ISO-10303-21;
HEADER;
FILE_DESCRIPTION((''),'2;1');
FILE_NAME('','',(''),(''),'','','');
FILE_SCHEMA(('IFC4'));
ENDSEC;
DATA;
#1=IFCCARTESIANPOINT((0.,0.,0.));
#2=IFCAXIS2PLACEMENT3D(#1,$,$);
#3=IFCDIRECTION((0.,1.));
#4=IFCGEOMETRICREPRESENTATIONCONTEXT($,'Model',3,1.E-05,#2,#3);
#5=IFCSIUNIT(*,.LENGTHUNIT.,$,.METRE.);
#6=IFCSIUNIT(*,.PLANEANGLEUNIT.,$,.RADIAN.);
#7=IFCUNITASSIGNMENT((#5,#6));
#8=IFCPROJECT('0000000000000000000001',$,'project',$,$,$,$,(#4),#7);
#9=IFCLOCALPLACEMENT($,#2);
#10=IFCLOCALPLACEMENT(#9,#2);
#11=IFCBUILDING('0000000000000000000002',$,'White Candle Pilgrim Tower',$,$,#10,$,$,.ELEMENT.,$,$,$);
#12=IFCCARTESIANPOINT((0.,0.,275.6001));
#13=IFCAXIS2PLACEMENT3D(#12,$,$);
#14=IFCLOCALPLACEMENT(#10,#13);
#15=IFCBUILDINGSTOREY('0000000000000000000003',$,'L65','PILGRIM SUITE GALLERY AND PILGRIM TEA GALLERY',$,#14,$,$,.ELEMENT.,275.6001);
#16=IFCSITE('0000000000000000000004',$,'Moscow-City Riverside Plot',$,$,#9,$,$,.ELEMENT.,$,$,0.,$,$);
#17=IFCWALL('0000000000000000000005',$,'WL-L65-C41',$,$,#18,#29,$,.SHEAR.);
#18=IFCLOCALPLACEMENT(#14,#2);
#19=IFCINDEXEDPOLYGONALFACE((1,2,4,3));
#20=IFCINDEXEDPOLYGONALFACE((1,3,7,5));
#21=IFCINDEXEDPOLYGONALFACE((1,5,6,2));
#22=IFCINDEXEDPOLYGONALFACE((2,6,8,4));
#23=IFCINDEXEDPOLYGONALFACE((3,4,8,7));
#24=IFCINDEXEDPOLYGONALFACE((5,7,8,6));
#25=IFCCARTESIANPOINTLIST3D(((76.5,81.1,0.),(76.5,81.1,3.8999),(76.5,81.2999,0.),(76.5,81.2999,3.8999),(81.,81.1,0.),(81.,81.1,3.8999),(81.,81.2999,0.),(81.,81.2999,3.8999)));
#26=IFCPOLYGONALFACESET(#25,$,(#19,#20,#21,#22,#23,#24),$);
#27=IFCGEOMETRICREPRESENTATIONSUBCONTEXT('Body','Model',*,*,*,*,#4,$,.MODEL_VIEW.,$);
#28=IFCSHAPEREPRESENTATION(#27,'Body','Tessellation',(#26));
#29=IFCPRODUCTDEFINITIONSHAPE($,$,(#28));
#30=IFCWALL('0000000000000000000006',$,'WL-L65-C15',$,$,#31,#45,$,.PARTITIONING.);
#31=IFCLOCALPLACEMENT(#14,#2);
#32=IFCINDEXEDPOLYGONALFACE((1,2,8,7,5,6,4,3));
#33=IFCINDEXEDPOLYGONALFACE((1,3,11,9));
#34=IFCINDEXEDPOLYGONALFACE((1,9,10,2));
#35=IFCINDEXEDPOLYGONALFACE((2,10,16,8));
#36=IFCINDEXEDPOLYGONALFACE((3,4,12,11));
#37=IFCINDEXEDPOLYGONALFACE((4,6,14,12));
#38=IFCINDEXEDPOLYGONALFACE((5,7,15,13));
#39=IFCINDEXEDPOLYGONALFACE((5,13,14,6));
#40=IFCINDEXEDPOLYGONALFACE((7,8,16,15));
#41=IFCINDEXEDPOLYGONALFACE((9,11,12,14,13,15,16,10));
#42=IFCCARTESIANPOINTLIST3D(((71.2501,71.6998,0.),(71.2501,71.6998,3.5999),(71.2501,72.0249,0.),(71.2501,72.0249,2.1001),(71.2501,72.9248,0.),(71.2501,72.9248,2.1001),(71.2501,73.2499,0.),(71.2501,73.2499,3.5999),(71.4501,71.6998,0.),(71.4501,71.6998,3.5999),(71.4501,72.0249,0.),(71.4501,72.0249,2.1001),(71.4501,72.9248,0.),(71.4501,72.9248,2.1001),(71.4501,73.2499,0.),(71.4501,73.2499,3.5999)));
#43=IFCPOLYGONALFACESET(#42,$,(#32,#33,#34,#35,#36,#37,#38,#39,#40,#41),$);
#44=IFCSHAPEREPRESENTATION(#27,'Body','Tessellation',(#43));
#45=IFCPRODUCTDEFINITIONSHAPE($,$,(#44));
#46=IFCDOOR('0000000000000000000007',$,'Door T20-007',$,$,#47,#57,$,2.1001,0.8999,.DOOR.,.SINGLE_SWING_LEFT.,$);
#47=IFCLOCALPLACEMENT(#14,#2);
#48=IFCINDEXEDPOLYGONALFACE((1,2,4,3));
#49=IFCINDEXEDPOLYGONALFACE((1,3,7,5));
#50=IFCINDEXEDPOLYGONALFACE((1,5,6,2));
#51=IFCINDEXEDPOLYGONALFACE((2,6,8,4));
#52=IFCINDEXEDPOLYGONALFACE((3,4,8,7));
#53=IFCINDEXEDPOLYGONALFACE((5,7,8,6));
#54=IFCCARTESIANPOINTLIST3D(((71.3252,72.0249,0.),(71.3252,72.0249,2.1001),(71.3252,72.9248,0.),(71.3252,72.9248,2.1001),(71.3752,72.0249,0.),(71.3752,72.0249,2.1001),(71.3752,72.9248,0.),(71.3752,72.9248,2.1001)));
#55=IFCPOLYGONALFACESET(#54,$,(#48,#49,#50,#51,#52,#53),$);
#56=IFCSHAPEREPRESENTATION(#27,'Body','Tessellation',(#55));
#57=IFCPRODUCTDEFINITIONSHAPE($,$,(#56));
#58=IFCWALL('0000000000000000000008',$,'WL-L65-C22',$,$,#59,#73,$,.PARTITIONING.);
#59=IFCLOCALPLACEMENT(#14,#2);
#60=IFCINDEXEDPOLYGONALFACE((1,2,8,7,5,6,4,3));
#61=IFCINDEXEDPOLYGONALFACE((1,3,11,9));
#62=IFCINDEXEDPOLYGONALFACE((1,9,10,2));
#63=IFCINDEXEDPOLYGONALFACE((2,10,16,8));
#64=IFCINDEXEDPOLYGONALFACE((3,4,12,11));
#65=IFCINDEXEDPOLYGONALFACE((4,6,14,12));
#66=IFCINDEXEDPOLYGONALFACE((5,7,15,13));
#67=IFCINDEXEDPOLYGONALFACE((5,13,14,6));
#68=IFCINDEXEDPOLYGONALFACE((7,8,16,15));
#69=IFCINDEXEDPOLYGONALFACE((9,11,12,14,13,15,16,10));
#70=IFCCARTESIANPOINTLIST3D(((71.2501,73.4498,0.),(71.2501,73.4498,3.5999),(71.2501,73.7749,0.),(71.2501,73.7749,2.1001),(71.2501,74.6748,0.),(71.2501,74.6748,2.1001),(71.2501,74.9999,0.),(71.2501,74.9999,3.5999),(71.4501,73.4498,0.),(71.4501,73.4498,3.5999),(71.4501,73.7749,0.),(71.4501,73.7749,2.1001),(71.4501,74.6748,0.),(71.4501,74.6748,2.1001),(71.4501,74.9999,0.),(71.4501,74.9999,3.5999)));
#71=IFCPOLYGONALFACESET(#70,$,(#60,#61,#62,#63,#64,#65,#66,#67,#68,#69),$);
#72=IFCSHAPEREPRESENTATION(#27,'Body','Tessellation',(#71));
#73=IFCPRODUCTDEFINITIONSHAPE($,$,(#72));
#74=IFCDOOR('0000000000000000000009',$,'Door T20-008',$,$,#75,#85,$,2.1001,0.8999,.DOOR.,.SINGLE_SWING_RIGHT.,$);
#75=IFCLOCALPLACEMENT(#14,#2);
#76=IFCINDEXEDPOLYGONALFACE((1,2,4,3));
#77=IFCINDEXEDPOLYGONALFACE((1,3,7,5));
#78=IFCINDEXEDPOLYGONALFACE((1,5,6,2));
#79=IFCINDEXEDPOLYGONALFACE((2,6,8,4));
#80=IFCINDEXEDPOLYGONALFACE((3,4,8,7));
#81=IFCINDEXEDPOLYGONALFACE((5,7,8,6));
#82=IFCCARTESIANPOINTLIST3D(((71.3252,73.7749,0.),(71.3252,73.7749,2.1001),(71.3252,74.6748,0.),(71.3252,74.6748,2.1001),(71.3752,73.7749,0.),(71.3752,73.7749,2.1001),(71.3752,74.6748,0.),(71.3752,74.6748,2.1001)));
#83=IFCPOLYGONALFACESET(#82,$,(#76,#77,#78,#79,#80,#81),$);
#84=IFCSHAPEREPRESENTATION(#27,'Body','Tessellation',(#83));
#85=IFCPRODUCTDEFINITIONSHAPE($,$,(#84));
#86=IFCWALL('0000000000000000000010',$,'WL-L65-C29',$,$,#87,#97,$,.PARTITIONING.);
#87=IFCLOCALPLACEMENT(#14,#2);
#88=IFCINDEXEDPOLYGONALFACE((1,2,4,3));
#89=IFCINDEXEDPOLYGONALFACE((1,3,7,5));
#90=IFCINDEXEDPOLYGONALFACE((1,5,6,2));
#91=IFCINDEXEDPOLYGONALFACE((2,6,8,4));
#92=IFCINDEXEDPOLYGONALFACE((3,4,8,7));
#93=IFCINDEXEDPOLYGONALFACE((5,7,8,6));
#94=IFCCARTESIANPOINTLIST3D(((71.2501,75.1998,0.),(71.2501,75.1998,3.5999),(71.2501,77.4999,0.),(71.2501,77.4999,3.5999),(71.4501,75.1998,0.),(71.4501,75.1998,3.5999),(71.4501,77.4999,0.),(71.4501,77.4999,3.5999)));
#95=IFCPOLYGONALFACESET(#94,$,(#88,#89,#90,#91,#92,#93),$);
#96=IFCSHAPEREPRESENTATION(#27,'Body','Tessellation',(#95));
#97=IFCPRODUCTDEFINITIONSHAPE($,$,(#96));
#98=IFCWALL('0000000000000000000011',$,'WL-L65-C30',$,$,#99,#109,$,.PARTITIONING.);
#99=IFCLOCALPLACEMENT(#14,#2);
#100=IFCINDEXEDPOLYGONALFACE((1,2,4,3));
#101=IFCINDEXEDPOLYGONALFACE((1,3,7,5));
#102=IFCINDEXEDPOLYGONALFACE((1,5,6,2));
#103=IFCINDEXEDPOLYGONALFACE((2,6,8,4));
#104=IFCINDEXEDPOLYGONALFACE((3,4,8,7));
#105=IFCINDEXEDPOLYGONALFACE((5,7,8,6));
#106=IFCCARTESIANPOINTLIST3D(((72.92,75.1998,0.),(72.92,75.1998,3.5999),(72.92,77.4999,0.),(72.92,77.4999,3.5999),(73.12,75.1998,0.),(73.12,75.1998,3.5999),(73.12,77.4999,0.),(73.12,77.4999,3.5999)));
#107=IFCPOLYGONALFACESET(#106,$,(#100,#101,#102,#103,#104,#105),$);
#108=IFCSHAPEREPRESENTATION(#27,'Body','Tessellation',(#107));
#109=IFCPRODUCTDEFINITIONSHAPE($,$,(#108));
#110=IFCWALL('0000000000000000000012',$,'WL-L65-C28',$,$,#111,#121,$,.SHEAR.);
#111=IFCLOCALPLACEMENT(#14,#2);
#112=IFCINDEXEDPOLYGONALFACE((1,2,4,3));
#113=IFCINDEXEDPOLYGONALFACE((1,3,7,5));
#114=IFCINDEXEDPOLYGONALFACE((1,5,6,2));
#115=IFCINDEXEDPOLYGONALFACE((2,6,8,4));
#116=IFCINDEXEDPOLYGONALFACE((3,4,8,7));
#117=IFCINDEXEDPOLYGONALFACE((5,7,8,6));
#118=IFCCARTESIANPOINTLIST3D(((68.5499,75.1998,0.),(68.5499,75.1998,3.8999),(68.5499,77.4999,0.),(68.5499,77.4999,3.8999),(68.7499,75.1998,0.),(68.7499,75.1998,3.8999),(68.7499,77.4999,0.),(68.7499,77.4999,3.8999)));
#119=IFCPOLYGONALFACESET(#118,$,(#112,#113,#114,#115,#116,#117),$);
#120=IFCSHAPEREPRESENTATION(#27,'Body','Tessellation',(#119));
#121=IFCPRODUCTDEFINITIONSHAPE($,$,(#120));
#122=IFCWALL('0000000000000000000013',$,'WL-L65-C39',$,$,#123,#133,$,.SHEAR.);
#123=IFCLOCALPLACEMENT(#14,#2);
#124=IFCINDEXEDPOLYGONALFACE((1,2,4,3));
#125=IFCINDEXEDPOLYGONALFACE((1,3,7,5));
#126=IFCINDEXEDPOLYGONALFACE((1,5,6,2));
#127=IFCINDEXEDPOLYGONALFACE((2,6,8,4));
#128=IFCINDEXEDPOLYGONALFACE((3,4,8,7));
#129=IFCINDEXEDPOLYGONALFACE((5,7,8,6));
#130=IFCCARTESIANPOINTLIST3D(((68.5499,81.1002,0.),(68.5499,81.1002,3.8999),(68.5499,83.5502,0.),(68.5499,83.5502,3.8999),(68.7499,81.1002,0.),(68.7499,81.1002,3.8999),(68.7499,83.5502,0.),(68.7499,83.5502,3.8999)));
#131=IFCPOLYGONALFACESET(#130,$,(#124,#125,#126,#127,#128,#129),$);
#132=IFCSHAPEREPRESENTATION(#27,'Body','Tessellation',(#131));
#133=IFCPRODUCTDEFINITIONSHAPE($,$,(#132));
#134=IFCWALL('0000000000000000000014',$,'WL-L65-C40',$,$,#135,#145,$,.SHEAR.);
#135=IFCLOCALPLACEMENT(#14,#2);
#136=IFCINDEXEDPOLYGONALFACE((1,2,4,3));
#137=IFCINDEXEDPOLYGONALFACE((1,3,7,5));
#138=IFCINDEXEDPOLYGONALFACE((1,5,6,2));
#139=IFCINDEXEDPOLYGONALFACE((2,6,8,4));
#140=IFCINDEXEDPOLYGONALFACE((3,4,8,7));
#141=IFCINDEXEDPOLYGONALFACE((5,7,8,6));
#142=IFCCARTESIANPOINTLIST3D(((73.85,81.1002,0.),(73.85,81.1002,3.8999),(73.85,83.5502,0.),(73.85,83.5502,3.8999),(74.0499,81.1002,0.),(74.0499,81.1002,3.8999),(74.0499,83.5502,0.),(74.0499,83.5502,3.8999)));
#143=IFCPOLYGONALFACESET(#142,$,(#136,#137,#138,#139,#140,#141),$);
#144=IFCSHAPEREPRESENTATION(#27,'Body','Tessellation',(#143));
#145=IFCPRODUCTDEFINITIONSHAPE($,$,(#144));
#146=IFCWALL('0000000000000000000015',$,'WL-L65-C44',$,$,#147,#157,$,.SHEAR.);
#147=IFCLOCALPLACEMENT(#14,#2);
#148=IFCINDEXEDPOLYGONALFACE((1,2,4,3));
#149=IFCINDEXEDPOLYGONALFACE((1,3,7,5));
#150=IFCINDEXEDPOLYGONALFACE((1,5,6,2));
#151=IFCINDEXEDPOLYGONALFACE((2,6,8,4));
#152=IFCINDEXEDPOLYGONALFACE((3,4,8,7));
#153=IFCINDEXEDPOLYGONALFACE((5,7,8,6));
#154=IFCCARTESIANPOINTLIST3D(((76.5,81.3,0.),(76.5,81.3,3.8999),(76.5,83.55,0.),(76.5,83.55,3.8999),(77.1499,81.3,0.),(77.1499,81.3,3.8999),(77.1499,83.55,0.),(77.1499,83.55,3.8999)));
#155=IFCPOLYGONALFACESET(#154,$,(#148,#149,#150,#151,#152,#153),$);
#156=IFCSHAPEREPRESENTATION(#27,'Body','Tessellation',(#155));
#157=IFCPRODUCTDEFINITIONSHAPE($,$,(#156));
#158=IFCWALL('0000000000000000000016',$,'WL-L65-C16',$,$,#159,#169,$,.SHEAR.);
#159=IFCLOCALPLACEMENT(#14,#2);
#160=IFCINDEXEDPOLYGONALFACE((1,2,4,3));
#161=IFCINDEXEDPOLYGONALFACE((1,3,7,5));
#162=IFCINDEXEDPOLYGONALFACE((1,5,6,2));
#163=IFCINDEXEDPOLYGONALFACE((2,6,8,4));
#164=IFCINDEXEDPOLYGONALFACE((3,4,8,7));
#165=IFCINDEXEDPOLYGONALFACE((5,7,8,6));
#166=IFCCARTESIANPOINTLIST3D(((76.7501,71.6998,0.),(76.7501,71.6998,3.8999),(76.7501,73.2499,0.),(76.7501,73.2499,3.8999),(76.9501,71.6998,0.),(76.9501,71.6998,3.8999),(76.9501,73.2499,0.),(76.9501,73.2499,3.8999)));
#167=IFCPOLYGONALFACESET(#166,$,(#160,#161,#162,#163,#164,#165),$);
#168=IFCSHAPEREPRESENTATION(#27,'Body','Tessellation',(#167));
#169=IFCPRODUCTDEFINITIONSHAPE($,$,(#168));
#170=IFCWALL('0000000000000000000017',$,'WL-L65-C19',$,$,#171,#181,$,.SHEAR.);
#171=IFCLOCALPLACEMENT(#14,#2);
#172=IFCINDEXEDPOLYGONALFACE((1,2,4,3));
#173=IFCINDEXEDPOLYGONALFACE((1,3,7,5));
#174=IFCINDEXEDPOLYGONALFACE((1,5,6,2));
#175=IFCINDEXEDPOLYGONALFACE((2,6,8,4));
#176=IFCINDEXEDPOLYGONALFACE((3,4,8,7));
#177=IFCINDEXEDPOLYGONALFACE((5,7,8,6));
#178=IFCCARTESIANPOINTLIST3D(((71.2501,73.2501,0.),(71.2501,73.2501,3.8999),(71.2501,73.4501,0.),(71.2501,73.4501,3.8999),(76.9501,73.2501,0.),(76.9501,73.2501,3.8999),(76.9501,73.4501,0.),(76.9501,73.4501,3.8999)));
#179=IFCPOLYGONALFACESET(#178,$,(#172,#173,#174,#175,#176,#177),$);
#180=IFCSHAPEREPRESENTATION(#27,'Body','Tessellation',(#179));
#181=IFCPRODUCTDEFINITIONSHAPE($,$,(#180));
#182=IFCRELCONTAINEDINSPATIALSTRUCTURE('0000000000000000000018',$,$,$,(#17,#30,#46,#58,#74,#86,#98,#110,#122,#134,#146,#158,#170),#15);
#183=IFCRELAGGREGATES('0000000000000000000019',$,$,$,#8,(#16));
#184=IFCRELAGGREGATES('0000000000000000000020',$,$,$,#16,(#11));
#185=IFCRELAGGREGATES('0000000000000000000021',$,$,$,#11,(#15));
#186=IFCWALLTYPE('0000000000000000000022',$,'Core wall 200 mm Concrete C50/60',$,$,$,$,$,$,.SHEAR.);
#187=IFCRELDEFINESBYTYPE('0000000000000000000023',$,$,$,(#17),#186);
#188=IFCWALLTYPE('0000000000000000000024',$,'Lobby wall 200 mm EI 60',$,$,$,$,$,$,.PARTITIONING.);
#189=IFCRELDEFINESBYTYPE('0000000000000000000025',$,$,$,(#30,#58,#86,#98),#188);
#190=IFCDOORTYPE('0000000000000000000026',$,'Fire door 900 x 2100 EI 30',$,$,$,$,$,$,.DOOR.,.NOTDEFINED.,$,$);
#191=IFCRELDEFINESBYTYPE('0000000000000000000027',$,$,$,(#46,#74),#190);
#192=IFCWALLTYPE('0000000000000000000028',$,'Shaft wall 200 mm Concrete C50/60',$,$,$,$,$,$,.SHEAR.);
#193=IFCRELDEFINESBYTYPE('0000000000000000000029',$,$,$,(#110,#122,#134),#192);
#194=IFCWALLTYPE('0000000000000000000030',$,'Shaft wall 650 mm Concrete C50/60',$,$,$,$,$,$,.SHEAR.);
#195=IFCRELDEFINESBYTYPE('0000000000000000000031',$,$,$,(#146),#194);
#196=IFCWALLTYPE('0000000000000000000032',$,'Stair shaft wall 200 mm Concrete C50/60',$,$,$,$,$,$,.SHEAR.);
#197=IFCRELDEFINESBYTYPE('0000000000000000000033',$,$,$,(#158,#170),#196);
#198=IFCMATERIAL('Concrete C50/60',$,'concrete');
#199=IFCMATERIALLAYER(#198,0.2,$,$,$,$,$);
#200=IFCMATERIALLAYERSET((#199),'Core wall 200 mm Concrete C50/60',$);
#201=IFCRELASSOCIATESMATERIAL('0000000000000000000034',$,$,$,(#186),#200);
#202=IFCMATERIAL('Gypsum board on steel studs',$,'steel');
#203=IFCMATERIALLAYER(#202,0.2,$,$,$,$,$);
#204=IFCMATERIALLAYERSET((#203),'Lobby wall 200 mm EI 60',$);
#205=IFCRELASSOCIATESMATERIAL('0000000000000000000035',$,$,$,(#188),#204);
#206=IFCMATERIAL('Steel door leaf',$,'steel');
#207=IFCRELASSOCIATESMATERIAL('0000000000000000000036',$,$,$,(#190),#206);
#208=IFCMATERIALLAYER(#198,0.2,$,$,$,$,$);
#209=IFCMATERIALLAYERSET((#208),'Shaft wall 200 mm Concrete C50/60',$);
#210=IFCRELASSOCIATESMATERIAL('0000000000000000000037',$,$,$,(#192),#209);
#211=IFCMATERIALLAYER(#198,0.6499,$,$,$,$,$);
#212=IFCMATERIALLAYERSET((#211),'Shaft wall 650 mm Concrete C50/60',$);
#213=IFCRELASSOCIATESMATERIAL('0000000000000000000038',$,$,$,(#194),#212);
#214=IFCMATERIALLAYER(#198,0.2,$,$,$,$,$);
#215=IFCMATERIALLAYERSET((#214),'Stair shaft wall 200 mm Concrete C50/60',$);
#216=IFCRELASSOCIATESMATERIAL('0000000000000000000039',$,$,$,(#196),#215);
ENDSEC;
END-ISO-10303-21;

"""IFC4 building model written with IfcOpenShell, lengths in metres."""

from ifc_helpers import new_model, si_unit, direction, frame, frame_2d, origin, place, context, subcontext, project, spatial, rectangle, extrude, material, layer, layer_set, type_object, element, fill, save


model = new_model("IFC4")

# Units and contexts
model_context = context("Model", 3, precision=1e-05, world=origin(), true_north=direction((0.0, 1.0)))
body_context = subcontext(model_context, "Body", "Model", "MODEL_VIEW")
ifc_project = project(units=[si_unit("LENGTHUNIT", "METRE"), si_unit("PLANEANGLEUNIT", "RADIAN")], contexts=[model_context])

# Site, building, storey
site_placement = place(None, origin())
site = spatial("IfcSite", under=ifc_project, at=site_placement, Name="Moscow-City Riverside Plot", CompositionType="ELEMENT", RefElevation=0.0)
building_placement = place(site_placement, origin())
building = spatial("IfcBuilding", under=site, at=building_placement, Name="White Candle Pilgrim Tower", CompositionType="ELEMENT")
storey_placement = place(building_placement, frame((0.0, 0.0, 275.6001)))
storey = spatial("IfcBuildingStorey", under=building, at=storey_placement, Name="L65", Description="PILGRIM SUITE GALLERY AND PILGRIM TEA GALLERY", CompositionType="ELEMENT", Elevation=275.6001)

# Wall
ifc_material_1 = material(Name="Concrete C50/60", Category="concrete")
ifc_layer_1 = layer(ifc_material_1, 0.2)
ifc_layer_set_1 = layer_set([ifc_layer_1], Name="Core wall 200 mm Concrete C50/60")
wall_type_1 = type_object("IfcWallType", Name="Core wall 200 mm Concrete C50/60", PredefinedType="SHEAR", material=ifc_layer_set_1)
wall_1_placement = place(storey_placement, frame((76.5, 81.2, 0.0), z_axis=(0.0, 0.0, 1.0), x_axis=(1.0, 0.0, 0.0)))
element("IfcWall", 1, at=wall_1_placement, inside=storey, type_object=wall_type_1, Name="WL-L65-C41", PredefinedType="SHEAR", context=body_context, shape_type="SweptSolid", body=[
    extrude(rectangle(XDim=4.5, YDim=0.2, at=frame_2d((2.25, 0.0))), origin(), (0.0, 0.0, 1.0), 3.8999),
])

# Walls, openings, doors
ifc_material_2 = material(Name="Gypsum board on steel studs", Category="steel")
ifc_layer_2 = layer(ifc_material_2, 0.2)
ifc_layer_set_2 = layer_set([ifc_layer_2], Name="Lobby wall 200 mm EI 60")
wall_type_2 = type_object("IfcWallType", Name="Lobby wall 200 mm EI 60", PredefinedType="PARTITIONING", material=ifc_layer_set_2)
wall_2_placement = place(storey_placement, frame((71.3501, 71.7, 0.0), z_axis=(0.0, 0.0, 1.0), x_axis=(0.0, 1.0, 0.0)))
wall_2 = element("IfcWall", 2, at=wall_2_placement, inside=storey, type_object=wall_type_2, Name="WL-L65-C15", PredefinedType="PARTITIONING", context=body_context, shape_type="SweptSolid", body=[
    extrude(rectangle(XDim=1.55, YDim=0.2, at=frame_2d((0.7749, 0.0))), origin(), (0.0, 0.0, 1.0), 3.5999),
])
opening_1_placement = place(wall_2_placement, frame((0.325, 0.0, 0.0)))
opening_1 = element("IfcOpeningElement", 3, at=opening_1_placement, cuts=wall_2, PredefinedType="OPENING", context=body_context, shape_type="SweptSolid", body=[
    extrude(rectangle(XDim=0.8999, YDim=2.1001, at=frame_2d((0.45, 1.05))), frame((0.0, 0.1099, 0.0), z_axis=(0.0, -1.0, 0.0), x_axis=(1.0, 0.0, 0.0)), (0.0, 0.0, 1.0), 0.22),
])
ifc_material_3 = material(Name="Steel door leaf", Category="steel")
door_type = type_object("IfcDoorType", Name="Fire door 900 x 2100 EI 30", OperationType="NOTDEFINED", PredefinedType="DOOR", material=ifc_material_3)
door_1_placement = place(opening_1_placement, origin())
door_1 = element("IfcDoor", 4, at=door_1_placement, inside=storey, type_object=door_type, Name="Door T20-007", OperationType="SINGLE_SWING_LEFT", OverallHeight=2.1001, OverallWidth=0.8999, PredefinedType="DOOR", context=body_context, shape_type="SweptSolid", body=[
    extrude(rectangle(XDim=0.8999, YDim=2.1001, at=frame_2d((0.45, 1.05))), frame((0.0, 0.0249, 0.0), z_axis=(0.0, -1.0, 0.0), x_axis=(1.0, 0.0, 0.0)), (0.0, 0.0, 1.0), 0.05),
])
fill(opening_1, door_1)
wall_3_placement = place(storey_placement, frame((71.3501, 73.45, 0.0), z_axis=(0.0, 0.0, 1.0), x_axis=(0.0, 1.0, 0.0)))
wall_3 = element("IfcWall", 5, at=wall_3_placement, inside=storey, type_object=wall_type_2, Name="WL-L65-C22", PredefinedType="PARTITIONING", context=body_context, shape_type="SweptSolid", body=[
    extrude(rectangle(XDim=1.55, YDim=0.2, at=frame_2d((0.7749, 0.0))), origin(), (0.0, 0.0, 1.0), 3.5999),
])
opening_2_placement = place(wall_3_placement, frame((0.325, 0.0, 0.0)))
opening_2 = element("IfcOpeningElement", 6, at=opening_2_placement, cuts=wall_3, PredefinedType="OPENING", context=body_context, shape_type="SweptSolid", body=[
    extrude(rectangle(XDim=0.8999, YDim=2.1001, at=frame_2d((0.45, 1.05))), frame((0.0, 0.1099, 0.0), z_axis=(0.0, -1.0, 0.0), x_axis=(1.0, 0.0, 0.0)), (0.0, 0.0, 1.0), 0.22),
])
door_2_placement = place(opening_2_placement, origin())
door_2 = element("IfcDoor", 7, at=door_2_placement, inside=storey, type_object=door_type, Name="Door T20-008", OperationType="SINGLE_SWING_RIGHT", OverallHeight=2.1001, OverallWidth=0.8999, PredefinedType="DOOR", context=body_context, shape_type="SweptSolid", body=[
    extrude(rectangle(XDim=0.8999, YDim=2.1001, at=frame_2d((0.45, 1.05))), frame((0.0, 0.0249, 0.0), z_axis=(0.0, -1.0, 0.0), x_axis=(1.0, 0.0, 0.0)), (0.0, 0.0, 1.0), 0.05),
])
fill(opening_2, door_2)

# Walls
for number, where, z_axis, x_axis, name in (
    (8, (71.3501, 75.2, 0.0), (0.0, 0.0, 1.0), (0.0, 1.0, 0.0), "WL-L65-C29"),
    (9, (73.02, 75.2, 0.0), (0.0, 0.0, 1.0), (0.0, 1.0, 0.0), "WL-L65-C30"),
):
    element("IfcWall", number, at=place(storey_placement, frame(where, z_axis=z_axis, x_axis=x_axis)), inside=storey, type_object=wall_type_2, Name=name, PredefinedType="PARTITIONING", context=body_context, shape_type="SweptSolid", body=[
        extrude(rectangle(XDim=2.3, YDim=0.2, at=frame_2d((1.1499, 0.0))), origin(), (0.0, 0.0, 1.0), 3.5999),
    ])
ifc_layer_3 = layer(ifc_material_1, 0.2)
ifc_layer_set_3 = layer_set([ifc_layer_3], Name="Shaft wall 200 mm Concrete C50/60")
wall_type_3 = type_object("IfcWallType", Name="Shaft wall 200 mm Concrete C50/60", PredefinedType="SHEAR", material=ifc_layer_set_3)
wall_4_placement = place(storey_placement, frame((68.6499, 75.2, 0.0), z_axis=(0.0, 0.0, 1.0), x_axis=(0.0, 1.0, 0.0)))
element("IfcWall", 10, at=wall_4_placement, inside=storey, type_object=wall_type_3, Name="WL-L65-C28", PredefinedType="SHEAR", context=body_context, shape_type="SweptSolid", body=[
    extrude(rectangle(XDim=2.3, YDim=0.2, at=frame_2d((1.1499, 0.0))), origin(), (0.0, 0.0, 1.0), 3.8999),
])
for number, where, z_axis, x_axis, name in (
    (11, (68.6499, 81.1001, 0.0), (0.0, 0.0, 1.0), (0.0, 1.0, 0.0), "WL-L65-C39"),
    (12, (73.95, 81.1001, 0.0), (0.0, 0.0, 1.0), (0.0, 1.0, 0.0), "WL-L65-C40"),
):
    element("IfcWall", number, at=place(storey_placement, frame(where, z_axis=z_axis, x_axis=x_axis)), inside=storey, type_object=wall_type_3, Name=name, PredefinedType="SHEAR", context=body_context, shape_type="SweptSolid", body=[
        extrude(rectangle(XDim=2.45, YDim=0.2, at=frame_2d((1.2251, 0.0))), origin(), (0.0, 0.0, 1.0), 3.8999),
    ])
ifc_layer_4 = layer(ifc_material_1, 0.6499)
ifc_layer_set_4 = layer_set([ifc_layer_4], Name="Shaft wall 650 mm Concrete C50/60")
wall_type_4 = type_object("IfcWallType", Name="Shaft wall 650 mm Concrete C50/60", PredefinedType="SHEAR", material=ifc_layer_set_4)
wall_5_placement = place(storey_placement, frame((76.825, 81.3, 0.0), z_axis=(0.0, 0.0, 1.0), x_axis=(0.0, 1.0, 0.0)))
element("IfcWall", 13, at=wall_5_placement, inside=storey, type_object=wall_type_4, Name="WL-L65-C44", PredefinedType="SHEAR", context=body_context, shape_type="SweptSolid", body=[
    extrude(rectangle(XDim=2.25, YDim=0.6499, at=frame_2d((1.125, 0.0))), origin(), (0.0, 0.0, 1.0), 3.8999),
])
ifc_layer_5 = layer(ifc_material_1, 0.2)
ifc_layer_set_5 = layer_set([ifc_layer_5], Name="Stair shaft wall 200 mm Concrete C50/60")
wall_type_5 = type_object("IfcWallType", Name="Stair shaft wall 200 mm Concrete C50/60", PredefinedType="SHEAR", material=ifc_layer_set_5)
wall_6_placement = place(storey_placement, frame((76.8501, 71.7, 0.0), z_axis=(0.0, 0.0, 1.0), x_axis=(0.0, 1.0, 0.0)))
element("IfcWall", 14, at=wall_6_placement, inside=storey, type_object=wall_type_5, Name="WL-L65-C16", PredefinedType="SHEAR", context=body_context, shape_type="SweptSolid", body=[
    extrude(rectangle(XDim=1.55, YDim=0.2, at=frame_2d((0.7749, 0.0))), origin(), (0.0, 0.0, 1.0), 3.8999),
])
wall_7_placement = place(storey_placement, frame((71.25, 73.3501, 0.0), z_axis=(0.0, 0.0, 1.0), x_axis=(1.0, 0.0, 0.0)))
element("IfcWall", 15, at=wall_7_placement, inside=storey, type_object=wall_type_5, Name="WL-L65-C19", PredefinedType="SHEAR", context=body_context, shape_type="SweptSolid", body=[
    extrude(rectangle(XDim=5.7, YDim=0.2, at=frame_2d((2.8501, 0.0))), origin(), (0.0, 0.0, 1.0), 3.8999),
])

save(model, "model.ifc")
